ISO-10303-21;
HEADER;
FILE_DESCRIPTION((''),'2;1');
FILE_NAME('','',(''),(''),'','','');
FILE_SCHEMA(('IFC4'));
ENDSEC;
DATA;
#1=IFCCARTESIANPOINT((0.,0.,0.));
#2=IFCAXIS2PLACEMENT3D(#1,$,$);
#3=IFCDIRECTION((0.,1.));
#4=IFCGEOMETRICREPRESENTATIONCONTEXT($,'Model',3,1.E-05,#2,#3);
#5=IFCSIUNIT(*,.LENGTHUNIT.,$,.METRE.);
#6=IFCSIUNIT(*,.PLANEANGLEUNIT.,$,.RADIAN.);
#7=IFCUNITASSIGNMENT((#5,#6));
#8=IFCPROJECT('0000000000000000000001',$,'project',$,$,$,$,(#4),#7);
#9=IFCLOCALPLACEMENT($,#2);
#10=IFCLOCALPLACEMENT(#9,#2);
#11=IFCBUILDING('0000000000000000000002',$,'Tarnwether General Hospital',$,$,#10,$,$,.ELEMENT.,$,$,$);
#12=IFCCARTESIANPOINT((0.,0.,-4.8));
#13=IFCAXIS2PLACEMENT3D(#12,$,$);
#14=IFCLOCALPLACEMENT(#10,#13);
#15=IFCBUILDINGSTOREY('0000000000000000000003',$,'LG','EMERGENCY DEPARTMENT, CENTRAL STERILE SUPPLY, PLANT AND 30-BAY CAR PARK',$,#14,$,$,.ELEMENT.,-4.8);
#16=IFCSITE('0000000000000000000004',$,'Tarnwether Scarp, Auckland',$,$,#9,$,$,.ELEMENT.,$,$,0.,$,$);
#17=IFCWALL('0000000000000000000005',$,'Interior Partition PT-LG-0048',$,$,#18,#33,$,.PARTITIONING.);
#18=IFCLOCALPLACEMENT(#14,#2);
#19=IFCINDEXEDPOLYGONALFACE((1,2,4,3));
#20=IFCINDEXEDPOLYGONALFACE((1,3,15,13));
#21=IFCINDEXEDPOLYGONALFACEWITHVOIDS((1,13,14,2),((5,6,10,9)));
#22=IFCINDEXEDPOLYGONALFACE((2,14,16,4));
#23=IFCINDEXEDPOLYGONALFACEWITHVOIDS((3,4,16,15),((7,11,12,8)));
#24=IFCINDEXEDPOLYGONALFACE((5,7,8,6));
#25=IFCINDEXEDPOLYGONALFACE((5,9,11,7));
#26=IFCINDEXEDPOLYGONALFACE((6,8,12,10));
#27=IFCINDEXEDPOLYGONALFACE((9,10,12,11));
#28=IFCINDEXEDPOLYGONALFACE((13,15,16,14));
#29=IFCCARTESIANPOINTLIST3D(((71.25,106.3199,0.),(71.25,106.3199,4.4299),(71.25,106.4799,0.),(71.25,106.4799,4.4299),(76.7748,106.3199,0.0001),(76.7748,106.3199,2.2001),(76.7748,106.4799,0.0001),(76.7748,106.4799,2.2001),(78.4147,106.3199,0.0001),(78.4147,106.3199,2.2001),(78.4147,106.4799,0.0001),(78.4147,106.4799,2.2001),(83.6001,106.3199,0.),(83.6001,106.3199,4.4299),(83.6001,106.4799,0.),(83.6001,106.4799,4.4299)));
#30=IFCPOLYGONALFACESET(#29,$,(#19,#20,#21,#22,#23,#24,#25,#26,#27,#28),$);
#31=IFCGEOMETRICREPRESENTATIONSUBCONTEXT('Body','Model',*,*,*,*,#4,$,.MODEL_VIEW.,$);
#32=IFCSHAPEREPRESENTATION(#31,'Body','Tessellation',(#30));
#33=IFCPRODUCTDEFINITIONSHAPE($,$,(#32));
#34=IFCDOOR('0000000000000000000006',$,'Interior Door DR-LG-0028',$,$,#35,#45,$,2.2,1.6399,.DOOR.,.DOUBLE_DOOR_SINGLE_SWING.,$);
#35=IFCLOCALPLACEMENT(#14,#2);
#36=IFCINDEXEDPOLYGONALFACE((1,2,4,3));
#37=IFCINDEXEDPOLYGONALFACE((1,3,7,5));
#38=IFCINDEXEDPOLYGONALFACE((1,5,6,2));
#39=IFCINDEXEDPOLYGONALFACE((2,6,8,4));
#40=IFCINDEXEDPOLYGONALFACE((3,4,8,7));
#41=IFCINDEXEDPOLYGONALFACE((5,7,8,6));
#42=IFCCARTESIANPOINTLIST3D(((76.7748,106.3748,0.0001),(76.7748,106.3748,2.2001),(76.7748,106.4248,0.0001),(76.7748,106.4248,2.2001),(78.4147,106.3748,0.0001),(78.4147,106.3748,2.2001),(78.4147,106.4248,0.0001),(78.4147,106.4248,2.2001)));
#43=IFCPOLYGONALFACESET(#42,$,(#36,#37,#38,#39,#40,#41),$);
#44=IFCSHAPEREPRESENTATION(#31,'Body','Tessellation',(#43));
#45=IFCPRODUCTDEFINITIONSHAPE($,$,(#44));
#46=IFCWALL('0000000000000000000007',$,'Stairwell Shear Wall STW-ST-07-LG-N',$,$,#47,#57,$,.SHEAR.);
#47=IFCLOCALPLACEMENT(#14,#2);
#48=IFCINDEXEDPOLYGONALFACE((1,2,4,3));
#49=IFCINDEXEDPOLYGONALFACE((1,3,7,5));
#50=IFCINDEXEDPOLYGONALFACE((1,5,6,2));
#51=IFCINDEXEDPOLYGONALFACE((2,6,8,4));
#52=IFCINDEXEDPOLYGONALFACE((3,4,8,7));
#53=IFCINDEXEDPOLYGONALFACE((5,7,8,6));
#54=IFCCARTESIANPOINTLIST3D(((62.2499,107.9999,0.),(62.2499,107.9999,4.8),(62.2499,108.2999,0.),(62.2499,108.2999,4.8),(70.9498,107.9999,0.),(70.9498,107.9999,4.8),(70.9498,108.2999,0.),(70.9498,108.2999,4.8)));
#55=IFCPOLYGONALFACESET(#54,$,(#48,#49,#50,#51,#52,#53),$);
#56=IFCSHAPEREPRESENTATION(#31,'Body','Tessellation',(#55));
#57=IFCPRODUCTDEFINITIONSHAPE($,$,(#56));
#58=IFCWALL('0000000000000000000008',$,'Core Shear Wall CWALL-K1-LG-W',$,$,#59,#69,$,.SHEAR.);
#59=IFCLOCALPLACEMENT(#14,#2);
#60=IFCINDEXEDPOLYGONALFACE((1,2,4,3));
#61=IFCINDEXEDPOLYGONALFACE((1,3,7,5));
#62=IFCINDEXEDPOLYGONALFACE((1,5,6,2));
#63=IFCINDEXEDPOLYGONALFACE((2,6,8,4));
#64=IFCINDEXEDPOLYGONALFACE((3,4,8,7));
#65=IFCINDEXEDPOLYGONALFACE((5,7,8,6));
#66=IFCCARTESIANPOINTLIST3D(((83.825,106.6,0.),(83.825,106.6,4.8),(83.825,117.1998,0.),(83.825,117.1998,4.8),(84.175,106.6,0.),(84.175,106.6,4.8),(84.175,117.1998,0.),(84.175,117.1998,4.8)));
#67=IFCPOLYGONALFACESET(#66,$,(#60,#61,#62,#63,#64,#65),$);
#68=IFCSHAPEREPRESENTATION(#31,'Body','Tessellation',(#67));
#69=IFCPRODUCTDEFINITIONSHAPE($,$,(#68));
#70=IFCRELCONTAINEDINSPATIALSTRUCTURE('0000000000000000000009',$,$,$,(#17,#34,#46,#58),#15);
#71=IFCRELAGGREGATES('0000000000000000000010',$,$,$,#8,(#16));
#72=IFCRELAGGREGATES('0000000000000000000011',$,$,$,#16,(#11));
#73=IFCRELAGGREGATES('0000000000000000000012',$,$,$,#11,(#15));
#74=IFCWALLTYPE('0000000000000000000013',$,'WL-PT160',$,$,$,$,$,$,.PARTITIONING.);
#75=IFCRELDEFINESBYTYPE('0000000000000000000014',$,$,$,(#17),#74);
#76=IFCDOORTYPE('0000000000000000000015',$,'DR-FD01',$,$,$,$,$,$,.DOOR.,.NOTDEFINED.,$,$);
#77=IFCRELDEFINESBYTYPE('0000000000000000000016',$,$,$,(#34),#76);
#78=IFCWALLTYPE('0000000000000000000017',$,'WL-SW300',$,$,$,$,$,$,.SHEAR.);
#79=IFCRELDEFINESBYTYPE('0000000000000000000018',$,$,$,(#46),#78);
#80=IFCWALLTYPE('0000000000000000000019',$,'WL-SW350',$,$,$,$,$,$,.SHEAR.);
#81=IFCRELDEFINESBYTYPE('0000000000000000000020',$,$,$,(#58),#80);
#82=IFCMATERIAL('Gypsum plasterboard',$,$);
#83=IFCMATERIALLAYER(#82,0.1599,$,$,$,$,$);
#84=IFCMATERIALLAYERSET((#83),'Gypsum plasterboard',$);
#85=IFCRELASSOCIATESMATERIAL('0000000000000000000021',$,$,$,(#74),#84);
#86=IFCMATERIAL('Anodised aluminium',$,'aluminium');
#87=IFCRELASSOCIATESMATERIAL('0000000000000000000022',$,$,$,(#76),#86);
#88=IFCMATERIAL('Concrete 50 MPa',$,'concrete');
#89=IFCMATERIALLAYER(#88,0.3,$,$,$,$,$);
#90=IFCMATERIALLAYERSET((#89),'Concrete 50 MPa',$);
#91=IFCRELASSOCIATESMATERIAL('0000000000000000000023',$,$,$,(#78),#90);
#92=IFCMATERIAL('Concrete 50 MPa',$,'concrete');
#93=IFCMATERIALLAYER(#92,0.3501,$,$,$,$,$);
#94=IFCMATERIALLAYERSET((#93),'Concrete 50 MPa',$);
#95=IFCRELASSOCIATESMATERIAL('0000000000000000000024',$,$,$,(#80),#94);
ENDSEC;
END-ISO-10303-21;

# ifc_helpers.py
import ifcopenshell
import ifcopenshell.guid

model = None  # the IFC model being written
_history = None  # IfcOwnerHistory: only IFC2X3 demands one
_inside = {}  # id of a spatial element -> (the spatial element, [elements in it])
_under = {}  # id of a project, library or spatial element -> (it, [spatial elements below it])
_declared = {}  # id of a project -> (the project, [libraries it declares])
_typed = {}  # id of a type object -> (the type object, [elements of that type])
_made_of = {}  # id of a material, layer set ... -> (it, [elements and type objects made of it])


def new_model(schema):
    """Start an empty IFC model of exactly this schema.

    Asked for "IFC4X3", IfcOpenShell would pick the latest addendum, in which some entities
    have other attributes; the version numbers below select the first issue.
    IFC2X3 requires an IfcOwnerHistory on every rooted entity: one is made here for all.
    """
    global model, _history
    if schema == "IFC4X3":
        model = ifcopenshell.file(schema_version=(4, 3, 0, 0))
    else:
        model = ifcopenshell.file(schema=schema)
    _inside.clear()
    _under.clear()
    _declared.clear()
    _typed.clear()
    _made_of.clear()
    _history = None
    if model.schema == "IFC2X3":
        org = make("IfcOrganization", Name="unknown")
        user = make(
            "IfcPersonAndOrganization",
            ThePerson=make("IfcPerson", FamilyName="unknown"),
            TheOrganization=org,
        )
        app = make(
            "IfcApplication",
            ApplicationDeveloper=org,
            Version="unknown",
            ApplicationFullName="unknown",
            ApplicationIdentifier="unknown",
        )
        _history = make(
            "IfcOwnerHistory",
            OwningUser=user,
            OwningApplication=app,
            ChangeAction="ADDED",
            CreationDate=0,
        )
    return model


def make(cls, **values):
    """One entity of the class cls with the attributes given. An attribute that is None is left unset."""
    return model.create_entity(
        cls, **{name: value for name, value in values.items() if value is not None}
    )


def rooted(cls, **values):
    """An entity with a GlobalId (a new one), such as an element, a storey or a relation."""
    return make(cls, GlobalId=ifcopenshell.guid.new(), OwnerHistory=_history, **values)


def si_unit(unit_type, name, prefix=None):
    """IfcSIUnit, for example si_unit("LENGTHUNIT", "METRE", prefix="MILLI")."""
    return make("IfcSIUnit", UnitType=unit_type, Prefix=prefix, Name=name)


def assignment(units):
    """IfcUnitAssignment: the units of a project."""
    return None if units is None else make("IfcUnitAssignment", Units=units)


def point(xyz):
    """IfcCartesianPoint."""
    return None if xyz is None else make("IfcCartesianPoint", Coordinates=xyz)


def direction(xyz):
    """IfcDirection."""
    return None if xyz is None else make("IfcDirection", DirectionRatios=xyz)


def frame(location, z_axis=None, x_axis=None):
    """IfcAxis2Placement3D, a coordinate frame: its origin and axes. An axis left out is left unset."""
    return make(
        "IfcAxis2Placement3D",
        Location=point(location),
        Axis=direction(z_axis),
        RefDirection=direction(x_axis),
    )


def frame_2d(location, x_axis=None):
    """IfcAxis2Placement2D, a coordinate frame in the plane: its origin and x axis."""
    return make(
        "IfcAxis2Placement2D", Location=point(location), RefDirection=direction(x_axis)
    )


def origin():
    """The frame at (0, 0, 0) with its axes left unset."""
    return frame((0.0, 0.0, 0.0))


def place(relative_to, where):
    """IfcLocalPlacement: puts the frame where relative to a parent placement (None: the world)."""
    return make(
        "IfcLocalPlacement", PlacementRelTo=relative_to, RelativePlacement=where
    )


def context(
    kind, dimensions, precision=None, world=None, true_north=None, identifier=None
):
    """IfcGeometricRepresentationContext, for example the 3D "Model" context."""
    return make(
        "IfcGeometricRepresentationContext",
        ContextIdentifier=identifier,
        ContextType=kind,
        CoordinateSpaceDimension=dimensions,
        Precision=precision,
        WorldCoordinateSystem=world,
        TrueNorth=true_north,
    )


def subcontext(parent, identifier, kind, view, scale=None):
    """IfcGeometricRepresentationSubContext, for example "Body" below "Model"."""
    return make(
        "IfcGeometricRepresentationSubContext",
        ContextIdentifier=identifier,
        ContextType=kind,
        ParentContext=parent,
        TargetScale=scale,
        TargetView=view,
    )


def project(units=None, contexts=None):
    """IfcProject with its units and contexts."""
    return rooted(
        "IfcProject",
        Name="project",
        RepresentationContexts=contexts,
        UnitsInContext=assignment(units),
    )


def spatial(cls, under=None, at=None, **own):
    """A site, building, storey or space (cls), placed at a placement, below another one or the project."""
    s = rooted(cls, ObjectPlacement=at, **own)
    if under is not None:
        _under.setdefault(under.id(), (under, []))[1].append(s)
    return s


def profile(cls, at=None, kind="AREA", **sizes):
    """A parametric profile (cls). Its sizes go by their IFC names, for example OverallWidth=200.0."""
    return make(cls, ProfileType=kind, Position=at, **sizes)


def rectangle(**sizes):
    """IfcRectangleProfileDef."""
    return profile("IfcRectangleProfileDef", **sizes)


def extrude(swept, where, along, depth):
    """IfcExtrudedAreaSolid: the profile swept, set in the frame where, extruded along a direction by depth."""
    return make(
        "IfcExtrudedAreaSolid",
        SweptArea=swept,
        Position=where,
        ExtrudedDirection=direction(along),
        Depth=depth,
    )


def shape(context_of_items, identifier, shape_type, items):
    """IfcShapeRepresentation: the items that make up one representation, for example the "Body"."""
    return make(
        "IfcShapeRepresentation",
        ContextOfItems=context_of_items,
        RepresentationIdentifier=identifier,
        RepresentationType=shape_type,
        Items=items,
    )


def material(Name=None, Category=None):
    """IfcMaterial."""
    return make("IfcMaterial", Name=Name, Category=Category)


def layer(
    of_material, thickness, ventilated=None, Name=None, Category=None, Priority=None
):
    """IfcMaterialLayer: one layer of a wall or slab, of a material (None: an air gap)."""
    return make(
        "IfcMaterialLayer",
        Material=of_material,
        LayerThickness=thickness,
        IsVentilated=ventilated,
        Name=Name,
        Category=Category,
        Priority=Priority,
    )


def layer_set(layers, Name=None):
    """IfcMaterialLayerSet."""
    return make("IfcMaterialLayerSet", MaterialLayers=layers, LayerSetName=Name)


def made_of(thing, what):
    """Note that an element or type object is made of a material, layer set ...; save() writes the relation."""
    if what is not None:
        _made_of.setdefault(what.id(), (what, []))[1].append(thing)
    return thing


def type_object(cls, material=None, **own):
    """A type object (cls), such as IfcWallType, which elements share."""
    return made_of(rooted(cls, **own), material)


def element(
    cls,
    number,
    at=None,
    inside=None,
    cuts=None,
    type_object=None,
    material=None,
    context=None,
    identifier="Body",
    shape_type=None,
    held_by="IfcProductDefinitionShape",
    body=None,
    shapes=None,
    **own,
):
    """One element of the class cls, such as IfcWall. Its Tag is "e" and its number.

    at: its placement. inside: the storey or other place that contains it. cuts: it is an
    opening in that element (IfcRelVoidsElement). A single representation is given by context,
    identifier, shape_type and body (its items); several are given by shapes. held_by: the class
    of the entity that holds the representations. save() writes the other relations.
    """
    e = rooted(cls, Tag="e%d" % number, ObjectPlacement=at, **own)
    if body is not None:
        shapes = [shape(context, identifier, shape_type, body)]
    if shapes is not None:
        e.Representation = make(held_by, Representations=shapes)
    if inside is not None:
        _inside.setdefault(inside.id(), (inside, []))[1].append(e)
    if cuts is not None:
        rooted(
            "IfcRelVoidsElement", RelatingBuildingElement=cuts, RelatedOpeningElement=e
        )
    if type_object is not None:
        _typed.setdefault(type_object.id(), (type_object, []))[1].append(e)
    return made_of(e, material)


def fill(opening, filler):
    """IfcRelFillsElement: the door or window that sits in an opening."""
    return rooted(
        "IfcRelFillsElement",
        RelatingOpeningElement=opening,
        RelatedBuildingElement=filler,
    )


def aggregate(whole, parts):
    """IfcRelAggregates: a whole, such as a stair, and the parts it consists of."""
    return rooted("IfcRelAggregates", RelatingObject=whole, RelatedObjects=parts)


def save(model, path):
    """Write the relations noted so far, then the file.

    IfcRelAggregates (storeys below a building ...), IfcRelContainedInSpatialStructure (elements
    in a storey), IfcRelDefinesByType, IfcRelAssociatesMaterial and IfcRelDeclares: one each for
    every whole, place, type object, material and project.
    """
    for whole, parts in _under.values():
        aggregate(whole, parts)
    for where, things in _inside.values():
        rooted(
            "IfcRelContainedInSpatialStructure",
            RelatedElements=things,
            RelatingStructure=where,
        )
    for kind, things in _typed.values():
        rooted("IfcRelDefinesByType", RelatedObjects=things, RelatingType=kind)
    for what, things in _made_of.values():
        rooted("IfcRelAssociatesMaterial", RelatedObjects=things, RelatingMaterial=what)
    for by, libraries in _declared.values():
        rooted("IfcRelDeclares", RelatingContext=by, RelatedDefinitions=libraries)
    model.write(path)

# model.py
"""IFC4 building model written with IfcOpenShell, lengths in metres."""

from ifc_helpers import new_model, si_unit, direction, frame, frame_2d, origin, place, context, subcontext, project, spatial, rectangle, extrude, material, layer, layer_set, type_object, element, fill, save


model = new_model("IFC4")

# Units and contexts
model_context = context("Model", 3, precision=1e-05, world=origin(), true_north=direction((0.0, 1.0)))
body_context = subcontext(model_context, "Body", "Model", "MODEL_VIEW")
ifc_project = project(units=[si_unit("LENGTHUNIT", "METRE"), si_unit("PLANEANGLEUNIT", "RADIAN")], contexts=[model_context])

# Site, building, storey
site_placement = place(None, origin())
site = spatial("IfcSite", under=ifc_project, at=site_placement, Name="Tarnwether Scarp, Auckland", CompositionType="ELEMENT", RefElevation=0.0)
building_placement = place(site_placement, origin())
building = spatial("IfcBuilding", under=site, at=building_placement, Name="Tarnwether General Hospital", CompositionType="ELEMENT")
storey_placement = place(building_placement, frame((0.0, 0.0, -4.8)))
storey = spatial("IfcBuildingStorey", under=building, at=storey_placement, Name="LG", Description="EMERGENCY DEPARTMENT, CENTRAL STERILE SUPPLY, PLANT AND 30-BAY CAR PARK", CompositionType="ELEMENT", Elevation=-4.8)

# Wall, opening, door
ifc_material_1 = material(Name="Gypsum plasterboard")
ifc_layer_1 = layer(ifc_material_1, 0.1599)
ifc_layer_set_1 = layer_set([ifc_layer_1], Name="Gypsum plasterboard")
wall_type_1 = type_object("IfcWallType", Name="WL-PT160", PredefinedType="PARTITIONING", material=ifc_layer_set_1)
wall_1_placement = place(storey_placement, frame((71.25, 106.3999, 0.0), z_axis=(0.0, 0.0, 1.0), x_axis=(1.0, 0.0, 0.0)))
wall_1 = element("IfcWall", 1, at=wall_1_placement, inside=storey, type_object=wall_type_1, Name="Interior Partition PT-LG-0048", PredefinedType="PARTITIONING", context=body_context, shape_type="SweptSolid", body=[
    extrude(rectangle(XDim=12.3501, YDim=0.1599, at=frame_2d((6.175, 0.0))), origin(), (0.0, 0.0, 1.0), 4.4299),
])
opening_placement = place(wall_1_placement, frame((5.5249, 0.0, 0.0)))
opening = element("IfcOpeningElement", 2, at=opening_placement, cuts=wall_1, PredefinedType="OPENING", context=body_context, shape_type="SweptSolid", body=[
    extrude(rectangle(XDim=1.6399, YDim=2.2, at=frame_2d((0.8198, 1.1001))), frame((0.0, 0.0898, 0.0), z_axis=(0.0, -1.0, 0.0), x_axis=(1.0, 0.0, 0.0)), (0.0, 0.0, 1.0), 0.1799),
])
ifc_material_2 = material(Name="Anodised aluminium", Category="aluminium")
door_type = type_object("IfcDoorType", Name="DR-FD01", OperationType="NOTDEFINED", PredefinedType="DOOR", material=ifc_material_2)
door_placement = place(opening_placement, origin())
door = element("IfcDoor", 3, at=door_placement, inside=storey, type_object=door_type, Name="Interior Door DR-LG-0028", OperationType="DOUBLE_DOOR_SINGLE_SWING", OverallHeight=2.2, OverallWidth=1.6399, PredefinedType="DOOR", context=body_context, shape_type="SweptSolid", body=[
    extrude(rectangle(XDim=1.6399, YDim=2.2, at=frame_2d((0.8198, 1.1001))), frame((0.0, 0.0249, 0.0), z_axis=(0.0, -1.0, 0.0), x_axis=(1.0, 0.0, 0.0)), (0.0, 0.0, 1.0), 0.05),
])
fill(opening, door)

# Walls
ifc_material_3 = material(Name="Concrete 50 MPa", Category="concrete")
ifc_layer_2 = layer(ifc_material_3, 0.3)
ifc_layer_set_2 = layer_set([ifc_layer_2], Name="Concrete 50 MPa")
wall_type_2 = type_object("IfcWallType", Name="WL-SW300", PredefinedType="SHEAR", material=ifc_layer_set_2)
wall_2_placement = place(storey_placement, frame((70.95, 108.1499, 0.0), z_axis=(0.0, 0.0, 1.0), x_axis=(-1.0, 0.0, 0.0)))
element("IfcWall", 4, at=wall_2_placement, inside=storey, type_object=wall_type_2, Name="Stairwell Shear Wall STW-ST-07-LG-N", PredefinedType="SHEAR", context=body_context, shape_type="SweptSolid", body=[
    extrude(rectangle(XDim=8.7, YDim=0.3, at=frame_2d((4.3501, 0.0))), origin(), (0.0, 0.0, 1.0), 4.8),
])
ifc_material_4 = material(Name="Concrete 50 MPa", Category="concrete")
ifc_layer_3 = layer(ifc_material_4, 0.3501)
ifc_layer_set_3 = layer_set([ifc_layer_3], Name="Concrete 50 MPa")
wall_type_3 = type_object("IfcWallType", Name="WL-SW350", PredefinedType="SHEAR", material=ifc_layer_set_3)
wall_3_placement = place(storey_placement, frame((84.0, 106.6001, 0.0), z_axis=(0.0, 0.0, 1.0), x_axis=(0.0, 1.0, 0.0)))
element("IfcWall", 5, at=wall_3_placement, inside=storey, type_object=wall_type_3, Name="Core Shear Wall CWALL-K1-LG-W", PredefinedType="SHEAR", context=body_context, shape_type="SweptSolid", body=[
    extrude(rectangle(XDim=10.5999, YDim=0.3501, at=frame_2d((5.2998, 0.0))), origin(), (0.0, 0.0, 1.0), 4.8),
])

save(model, "model.ifc")
